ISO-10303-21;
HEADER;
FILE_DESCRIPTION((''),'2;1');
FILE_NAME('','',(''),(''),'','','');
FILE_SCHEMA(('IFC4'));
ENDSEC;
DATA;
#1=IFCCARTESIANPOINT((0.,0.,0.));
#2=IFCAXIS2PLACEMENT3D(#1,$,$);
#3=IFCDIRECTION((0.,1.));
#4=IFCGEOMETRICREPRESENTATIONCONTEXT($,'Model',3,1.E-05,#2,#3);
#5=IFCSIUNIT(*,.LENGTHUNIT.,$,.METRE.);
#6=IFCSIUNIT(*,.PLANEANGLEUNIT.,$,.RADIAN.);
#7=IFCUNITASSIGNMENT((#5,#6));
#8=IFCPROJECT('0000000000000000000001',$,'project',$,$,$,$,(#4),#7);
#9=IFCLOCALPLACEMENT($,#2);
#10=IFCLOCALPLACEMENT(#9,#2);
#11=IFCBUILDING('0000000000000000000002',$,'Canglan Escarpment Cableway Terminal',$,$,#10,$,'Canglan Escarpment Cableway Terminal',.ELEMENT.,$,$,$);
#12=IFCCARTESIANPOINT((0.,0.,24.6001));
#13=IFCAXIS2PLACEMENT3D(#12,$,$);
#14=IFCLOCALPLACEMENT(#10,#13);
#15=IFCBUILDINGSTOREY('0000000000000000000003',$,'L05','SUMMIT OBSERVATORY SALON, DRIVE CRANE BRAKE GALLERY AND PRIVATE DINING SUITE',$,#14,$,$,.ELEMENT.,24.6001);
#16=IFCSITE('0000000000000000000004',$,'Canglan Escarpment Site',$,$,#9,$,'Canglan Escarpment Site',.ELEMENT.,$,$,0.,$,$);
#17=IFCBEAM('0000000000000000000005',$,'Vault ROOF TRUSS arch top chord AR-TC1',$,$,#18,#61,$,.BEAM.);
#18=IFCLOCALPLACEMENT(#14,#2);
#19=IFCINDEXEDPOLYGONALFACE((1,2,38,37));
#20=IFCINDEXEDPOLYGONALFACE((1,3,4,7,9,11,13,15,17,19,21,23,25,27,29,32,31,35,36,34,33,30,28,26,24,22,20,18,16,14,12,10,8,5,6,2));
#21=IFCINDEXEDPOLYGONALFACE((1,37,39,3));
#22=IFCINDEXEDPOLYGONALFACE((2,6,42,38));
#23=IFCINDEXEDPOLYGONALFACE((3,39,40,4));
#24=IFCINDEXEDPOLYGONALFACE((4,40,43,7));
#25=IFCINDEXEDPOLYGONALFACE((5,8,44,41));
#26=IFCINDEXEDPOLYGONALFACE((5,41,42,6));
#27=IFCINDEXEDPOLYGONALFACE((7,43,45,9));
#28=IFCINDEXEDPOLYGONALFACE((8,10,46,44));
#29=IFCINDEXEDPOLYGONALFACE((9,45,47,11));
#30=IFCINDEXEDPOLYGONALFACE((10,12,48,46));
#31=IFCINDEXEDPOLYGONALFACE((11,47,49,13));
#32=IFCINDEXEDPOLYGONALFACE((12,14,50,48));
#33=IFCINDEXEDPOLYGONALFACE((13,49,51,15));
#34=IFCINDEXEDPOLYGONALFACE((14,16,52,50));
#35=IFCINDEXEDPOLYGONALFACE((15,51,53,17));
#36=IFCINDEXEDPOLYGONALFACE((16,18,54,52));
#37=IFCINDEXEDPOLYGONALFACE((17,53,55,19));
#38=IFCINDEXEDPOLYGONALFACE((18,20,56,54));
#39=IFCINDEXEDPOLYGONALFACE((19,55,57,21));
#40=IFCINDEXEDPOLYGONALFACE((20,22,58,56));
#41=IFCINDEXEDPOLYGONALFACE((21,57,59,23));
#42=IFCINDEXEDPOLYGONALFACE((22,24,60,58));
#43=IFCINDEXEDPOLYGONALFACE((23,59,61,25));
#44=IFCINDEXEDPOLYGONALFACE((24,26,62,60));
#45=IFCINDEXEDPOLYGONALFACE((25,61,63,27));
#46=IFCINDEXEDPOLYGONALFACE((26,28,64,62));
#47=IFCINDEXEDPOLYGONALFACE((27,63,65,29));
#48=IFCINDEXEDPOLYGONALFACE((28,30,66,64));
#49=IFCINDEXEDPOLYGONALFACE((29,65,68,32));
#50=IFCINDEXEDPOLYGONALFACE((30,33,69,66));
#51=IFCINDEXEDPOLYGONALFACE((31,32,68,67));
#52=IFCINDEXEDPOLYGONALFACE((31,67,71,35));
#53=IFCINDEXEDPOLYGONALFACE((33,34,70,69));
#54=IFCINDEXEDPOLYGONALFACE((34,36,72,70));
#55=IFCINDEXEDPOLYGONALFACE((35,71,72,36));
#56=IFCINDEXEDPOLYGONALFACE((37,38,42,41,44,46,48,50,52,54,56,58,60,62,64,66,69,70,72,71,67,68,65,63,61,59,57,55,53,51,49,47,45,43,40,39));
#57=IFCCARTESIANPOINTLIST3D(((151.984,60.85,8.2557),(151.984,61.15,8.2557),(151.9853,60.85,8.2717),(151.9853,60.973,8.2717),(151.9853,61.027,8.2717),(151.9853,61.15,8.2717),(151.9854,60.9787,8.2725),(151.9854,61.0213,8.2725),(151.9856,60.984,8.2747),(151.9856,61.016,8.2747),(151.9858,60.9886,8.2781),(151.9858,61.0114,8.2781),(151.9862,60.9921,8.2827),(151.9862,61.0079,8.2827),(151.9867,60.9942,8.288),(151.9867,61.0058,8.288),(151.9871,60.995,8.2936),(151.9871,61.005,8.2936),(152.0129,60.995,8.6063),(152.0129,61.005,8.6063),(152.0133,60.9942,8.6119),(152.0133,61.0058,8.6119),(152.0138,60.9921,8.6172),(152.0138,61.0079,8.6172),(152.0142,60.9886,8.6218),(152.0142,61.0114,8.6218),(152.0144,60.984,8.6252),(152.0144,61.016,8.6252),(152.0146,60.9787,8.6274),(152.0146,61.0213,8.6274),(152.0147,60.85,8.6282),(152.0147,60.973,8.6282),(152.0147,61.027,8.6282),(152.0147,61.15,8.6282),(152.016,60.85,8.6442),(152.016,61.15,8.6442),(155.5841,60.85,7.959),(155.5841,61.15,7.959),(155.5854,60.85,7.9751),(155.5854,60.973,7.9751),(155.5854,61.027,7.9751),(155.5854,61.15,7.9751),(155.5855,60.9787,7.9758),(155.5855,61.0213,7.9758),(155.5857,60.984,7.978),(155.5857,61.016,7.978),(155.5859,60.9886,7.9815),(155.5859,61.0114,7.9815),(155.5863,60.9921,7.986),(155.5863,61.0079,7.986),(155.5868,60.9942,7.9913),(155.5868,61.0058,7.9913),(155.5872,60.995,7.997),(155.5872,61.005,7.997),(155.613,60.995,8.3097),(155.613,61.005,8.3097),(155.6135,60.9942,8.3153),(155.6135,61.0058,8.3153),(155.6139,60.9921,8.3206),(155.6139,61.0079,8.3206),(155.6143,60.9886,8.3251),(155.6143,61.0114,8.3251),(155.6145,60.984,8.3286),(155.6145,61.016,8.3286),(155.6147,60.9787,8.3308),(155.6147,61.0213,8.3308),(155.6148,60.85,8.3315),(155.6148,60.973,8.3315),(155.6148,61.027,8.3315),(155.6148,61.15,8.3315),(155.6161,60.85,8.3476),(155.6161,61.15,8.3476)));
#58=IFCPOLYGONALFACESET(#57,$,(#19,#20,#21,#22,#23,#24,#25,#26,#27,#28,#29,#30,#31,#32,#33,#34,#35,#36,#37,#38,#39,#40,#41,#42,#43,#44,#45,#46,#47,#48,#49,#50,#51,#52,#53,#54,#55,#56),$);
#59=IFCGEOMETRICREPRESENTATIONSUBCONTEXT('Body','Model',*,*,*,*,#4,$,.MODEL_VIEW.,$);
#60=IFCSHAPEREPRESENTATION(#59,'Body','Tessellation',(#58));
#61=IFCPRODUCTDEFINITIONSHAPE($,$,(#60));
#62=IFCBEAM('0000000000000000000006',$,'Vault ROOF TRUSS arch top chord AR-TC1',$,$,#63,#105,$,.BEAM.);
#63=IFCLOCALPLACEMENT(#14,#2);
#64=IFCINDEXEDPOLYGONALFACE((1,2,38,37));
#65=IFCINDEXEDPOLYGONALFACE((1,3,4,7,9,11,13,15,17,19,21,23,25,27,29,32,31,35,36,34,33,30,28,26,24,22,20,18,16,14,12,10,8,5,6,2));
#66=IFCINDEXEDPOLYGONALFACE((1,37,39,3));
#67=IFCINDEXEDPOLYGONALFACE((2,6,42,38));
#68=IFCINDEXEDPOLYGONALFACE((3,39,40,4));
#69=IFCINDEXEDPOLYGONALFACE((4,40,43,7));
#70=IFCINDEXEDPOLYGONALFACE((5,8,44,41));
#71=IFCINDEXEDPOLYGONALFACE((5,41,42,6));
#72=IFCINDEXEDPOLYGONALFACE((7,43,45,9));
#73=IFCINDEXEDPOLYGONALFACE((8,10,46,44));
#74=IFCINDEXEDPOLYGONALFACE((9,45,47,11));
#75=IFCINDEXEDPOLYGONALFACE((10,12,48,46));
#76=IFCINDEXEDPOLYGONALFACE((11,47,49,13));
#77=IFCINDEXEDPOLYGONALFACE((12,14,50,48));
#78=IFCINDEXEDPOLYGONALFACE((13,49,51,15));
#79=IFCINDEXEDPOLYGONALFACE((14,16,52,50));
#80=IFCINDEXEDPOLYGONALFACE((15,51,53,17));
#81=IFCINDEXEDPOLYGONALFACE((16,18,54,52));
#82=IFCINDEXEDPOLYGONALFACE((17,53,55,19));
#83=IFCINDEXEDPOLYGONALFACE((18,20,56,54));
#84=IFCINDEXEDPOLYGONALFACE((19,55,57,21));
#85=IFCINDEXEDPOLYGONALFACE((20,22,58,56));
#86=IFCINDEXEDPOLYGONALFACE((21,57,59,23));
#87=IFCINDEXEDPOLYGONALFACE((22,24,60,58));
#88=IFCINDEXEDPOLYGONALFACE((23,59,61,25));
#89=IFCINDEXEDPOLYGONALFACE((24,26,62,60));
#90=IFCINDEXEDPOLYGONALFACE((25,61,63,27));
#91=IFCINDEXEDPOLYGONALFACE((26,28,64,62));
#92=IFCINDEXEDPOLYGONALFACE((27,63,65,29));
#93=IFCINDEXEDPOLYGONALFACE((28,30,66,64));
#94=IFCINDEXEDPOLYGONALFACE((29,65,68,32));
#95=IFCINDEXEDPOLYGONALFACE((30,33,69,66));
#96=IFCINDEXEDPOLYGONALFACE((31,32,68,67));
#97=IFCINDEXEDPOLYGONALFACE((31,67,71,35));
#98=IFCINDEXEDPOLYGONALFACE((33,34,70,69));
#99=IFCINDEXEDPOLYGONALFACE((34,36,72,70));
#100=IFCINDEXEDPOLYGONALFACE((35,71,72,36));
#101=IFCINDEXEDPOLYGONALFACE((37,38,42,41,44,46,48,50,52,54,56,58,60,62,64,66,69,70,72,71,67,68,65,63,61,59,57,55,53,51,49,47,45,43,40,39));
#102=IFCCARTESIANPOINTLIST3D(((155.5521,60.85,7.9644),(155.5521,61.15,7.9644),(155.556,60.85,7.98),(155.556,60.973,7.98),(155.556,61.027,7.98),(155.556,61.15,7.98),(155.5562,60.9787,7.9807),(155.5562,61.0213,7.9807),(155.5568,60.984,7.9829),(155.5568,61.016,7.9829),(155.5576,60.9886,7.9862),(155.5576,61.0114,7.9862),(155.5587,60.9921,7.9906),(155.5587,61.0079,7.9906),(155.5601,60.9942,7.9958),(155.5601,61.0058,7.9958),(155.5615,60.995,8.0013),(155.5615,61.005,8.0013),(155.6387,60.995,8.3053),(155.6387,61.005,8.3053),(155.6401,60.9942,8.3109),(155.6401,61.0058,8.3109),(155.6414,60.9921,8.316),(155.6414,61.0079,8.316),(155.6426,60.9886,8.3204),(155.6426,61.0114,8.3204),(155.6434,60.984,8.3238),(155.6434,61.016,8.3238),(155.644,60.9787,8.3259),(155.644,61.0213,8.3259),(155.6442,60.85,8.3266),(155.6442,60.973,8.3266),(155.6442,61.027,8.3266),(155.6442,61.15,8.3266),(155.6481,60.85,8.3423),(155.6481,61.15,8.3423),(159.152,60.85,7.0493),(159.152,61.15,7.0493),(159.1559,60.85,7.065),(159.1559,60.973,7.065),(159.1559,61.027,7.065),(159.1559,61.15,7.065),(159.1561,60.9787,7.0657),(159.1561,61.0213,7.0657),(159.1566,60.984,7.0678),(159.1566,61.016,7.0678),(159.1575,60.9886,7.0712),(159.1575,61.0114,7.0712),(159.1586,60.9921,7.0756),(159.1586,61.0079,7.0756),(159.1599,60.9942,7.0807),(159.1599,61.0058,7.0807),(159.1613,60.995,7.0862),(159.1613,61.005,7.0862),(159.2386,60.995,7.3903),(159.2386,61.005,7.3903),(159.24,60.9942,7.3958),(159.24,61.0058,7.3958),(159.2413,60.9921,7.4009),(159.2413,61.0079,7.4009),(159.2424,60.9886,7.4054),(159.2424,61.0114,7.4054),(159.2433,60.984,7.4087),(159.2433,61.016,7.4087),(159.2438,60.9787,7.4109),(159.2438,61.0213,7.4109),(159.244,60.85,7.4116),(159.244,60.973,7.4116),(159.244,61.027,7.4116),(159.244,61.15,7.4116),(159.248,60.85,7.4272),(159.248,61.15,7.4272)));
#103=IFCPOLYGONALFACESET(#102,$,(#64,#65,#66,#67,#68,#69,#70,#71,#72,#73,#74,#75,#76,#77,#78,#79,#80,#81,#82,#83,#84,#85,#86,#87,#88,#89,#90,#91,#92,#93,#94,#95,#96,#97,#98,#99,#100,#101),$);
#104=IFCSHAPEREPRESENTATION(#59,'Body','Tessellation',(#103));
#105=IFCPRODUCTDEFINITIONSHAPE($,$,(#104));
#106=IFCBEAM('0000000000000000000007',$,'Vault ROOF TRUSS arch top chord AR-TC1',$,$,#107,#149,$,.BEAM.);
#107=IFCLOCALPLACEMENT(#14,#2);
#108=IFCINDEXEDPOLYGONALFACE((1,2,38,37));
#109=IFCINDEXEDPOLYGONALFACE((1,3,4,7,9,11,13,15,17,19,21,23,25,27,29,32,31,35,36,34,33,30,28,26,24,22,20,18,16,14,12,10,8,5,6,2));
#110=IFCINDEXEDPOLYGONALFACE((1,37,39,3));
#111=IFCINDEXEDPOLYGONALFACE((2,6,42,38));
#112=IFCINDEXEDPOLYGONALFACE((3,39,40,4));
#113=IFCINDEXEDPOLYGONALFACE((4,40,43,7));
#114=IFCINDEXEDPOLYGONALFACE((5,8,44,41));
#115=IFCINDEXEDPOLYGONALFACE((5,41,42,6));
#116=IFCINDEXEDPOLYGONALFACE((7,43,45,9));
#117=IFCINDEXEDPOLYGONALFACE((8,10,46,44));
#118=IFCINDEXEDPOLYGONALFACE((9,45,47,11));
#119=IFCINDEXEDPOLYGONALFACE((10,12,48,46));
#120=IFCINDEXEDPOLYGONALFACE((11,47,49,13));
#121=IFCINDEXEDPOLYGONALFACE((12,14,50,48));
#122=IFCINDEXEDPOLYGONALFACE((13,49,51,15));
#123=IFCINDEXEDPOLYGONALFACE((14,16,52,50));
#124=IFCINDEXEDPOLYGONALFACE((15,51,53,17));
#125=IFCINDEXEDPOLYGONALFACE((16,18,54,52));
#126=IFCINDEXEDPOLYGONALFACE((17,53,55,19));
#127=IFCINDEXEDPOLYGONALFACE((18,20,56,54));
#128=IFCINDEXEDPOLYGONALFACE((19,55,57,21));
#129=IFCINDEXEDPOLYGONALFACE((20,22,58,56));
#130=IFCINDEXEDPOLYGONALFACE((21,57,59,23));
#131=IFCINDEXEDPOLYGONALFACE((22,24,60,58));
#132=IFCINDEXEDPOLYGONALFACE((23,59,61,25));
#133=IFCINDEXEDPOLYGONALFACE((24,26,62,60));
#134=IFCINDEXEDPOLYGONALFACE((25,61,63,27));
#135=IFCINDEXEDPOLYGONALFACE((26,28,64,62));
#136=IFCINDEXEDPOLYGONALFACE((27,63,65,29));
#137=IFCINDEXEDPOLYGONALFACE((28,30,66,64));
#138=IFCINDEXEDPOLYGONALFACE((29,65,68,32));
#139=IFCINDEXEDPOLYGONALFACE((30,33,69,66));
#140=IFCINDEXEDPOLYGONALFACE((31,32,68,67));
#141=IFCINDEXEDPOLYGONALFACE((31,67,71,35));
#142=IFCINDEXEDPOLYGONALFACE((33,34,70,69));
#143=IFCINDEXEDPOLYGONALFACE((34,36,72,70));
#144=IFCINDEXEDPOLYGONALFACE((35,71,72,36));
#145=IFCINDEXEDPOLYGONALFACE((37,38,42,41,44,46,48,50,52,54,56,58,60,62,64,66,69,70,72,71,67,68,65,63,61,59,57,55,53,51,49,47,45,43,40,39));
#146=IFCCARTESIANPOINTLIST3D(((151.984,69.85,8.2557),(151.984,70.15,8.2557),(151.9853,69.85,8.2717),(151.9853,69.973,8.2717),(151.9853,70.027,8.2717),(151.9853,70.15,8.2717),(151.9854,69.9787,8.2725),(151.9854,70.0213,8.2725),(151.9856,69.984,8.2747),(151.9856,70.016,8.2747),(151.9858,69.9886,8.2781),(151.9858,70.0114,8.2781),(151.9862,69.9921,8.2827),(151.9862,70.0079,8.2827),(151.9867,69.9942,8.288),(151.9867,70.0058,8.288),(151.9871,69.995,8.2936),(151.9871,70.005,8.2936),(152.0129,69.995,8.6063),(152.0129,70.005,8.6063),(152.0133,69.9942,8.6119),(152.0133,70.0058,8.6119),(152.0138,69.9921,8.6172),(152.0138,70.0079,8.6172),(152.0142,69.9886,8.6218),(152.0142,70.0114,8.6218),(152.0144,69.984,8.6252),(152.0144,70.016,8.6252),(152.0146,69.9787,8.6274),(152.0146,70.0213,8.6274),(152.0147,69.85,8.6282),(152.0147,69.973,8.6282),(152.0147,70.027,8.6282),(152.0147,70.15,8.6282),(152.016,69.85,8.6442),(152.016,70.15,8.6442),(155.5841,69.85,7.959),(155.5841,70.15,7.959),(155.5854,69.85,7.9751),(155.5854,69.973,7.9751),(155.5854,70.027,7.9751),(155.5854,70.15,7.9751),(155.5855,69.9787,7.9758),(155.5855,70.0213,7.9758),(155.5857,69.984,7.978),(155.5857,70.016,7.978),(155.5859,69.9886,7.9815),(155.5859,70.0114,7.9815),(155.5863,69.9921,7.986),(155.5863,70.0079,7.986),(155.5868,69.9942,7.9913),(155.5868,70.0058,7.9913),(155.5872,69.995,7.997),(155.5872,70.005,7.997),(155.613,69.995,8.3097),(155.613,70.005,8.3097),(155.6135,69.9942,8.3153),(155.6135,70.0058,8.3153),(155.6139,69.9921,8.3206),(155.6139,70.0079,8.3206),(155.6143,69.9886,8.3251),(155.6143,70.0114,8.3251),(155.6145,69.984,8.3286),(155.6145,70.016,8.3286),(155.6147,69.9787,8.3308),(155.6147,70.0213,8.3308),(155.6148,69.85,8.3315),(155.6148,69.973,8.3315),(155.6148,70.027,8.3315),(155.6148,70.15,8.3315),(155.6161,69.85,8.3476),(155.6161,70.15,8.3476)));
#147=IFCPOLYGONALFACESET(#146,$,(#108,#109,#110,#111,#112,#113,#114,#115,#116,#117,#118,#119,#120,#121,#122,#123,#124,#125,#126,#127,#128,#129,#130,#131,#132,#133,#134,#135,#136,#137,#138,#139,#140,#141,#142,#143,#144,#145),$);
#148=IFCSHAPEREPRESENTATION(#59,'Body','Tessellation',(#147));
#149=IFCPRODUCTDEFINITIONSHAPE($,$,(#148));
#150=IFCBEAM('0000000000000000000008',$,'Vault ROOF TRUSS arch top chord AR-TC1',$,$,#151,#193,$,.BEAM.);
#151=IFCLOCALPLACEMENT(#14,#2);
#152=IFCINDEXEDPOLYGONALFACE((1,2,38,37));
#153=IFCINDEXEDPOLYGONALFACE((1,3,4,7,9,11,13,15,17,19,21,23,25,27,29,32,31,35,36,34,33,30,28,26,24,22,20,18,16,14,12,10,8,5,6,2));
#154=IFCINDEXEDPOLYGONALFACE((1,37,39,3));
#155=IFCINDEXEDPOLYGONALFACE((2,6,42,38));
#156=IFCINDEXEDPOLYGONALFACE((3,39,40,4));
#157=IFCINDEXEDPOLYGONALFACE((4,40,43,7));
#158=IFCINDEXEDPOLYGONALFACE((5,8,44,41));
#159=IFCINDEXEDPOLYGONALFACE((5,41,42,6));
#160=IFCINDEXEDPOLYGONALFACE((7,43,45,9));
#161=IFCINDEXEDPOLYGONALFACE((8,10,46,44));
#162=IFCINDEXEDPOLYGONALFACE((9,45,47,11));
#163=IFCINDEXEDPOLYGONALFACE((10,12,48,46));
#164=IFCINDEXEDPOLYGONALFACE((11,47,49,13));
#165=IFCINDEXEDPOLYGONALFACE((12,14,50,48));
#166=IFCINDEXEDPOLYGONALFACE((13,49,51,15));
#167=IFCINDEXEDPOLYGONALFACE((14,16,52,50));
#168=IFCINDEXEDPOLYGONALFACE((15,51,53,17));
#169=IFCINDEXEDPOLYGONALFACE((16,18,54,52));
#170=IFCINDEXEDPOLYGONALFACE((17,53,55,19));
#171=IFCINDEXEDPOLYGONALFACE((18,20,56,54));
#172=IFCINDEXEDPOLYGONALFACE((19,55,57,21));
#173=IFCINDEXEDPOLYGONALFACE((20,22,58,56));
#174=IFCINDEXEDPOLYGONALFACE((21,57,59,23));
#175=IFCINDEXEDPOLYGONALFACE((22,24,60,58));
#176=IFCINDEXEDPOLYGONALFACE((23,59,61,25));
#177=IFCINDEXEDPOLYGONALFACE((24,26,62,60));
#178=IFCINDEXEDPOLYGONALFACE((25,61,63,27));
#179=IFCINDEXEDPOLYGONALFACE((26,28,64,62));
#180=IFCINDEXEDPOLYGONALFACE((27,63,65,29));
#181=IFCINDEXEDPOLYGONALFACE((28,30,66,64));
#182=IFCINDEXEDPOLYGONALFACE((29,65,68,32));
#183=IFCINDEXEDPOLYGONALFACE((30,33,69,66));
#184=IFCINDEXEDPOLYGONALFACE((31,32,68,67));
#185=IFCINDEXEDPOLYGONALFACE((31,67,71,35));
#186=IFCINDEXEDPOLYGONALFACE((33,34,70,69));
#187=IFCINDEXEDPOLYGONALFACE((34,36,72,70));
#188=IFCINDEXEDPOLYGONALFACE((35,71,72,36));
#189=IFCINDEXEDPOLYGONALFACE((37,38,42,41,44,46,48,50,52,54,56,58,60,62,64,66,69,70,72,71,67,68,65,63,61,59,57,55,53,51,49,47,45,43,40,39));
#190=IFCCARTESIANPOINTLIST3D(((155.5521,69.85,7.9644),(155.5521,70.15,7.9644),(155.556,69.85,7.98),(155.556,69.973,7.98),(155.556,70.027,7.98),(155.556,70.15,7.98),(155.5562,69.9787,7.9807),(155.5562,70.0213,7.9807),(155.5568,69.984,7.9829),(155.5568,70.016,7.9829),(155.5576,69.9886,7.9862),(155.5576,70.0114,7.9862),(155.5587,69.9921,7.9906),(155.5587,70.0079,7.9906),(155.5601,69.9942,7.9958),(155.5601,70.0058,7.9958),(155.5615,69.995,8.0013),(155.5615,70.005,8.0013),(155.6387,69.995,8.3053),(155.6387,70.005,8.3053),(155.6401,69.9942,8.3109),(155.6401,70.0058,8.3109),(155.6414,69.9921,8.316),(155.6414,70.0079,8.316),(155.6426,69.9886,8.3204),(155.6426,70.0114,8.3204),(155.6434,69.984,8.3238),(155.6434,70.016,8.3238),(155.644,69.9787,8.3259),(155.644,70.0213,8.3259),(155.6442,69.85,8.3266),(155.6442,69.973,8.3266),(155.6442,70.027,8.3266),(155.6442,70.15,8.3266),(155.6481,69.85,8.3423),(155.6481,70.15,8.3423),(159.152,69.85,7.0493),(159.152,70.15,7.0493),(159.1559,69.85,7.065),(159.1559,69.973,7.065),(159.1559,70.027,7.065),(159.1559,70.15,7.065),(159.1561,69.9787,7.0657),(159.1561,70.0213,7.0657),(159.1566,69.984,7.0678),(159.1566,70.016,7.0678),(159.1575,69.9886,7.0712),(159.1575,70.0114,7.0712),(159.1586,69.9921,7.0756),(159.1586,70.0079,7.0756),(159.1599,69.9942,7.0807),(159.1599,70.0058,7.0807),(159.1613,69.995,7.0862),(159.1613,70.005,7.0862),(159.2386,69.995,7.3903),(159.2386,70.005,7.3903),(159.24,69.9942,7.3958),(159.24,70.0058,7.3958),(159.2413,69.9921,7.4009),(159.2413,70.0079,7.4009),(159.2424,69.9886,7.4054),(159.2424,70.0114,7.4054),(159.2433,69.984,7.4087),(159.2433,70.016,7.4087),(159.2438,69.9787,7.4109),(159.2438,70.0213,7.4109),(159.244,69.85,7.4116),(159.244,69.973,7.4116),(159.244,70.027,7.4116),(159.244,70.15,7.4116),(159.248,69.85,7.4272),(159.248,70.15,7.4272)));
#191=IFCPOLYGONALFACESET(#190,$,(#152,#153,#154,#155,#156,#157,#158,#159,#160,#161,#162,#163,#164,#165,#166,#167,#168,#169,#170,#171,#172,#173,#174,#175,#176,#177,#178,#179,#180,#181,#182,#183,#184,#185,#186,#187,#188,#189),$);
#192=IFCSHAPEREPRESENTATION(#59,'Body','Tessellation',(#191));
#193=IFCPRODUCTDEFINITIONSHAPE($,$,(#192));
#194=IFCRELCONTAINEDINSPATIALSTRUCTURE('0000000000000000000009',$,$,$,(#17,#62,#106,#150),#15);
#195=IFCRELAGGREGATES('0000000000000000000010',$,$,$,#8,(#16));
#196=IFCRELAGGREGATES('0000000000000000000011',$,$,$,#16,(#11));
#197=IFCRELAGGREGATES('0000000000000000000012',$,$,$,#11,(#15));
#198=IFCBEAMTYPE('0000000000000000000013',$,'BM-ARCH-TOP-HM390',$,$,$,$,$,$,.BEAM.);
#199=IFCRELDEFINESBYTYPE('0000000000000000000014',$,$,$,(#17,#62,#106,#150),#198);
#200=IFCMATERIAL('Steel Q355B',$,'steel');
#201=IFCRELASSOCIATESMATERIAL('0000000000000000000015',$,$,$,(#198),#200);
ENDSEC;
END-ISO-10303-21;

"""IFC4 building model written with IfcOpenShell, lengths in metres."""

from ifc_helpers import new_model, si_unit, direction, frame, origin, origin_2d, place, context, subcontext, project, spatial, i_section, extrude, material, material_profile, profile_set, type_object, element, save


model = new_model("IFC4")

# Units and contexts
model_context = context("Model", 3, precision=1e-05, world=origin(), true_north=direction((0.0, 1.0)))
body_context = subcontext(model_context, "Body", "Model", "MODEL_VIEW")
ifc_project = project(units=[si_unit("LENGTHUNIT", "METRE"), si_unit("PLANEANGLEUNIT", "RADIAN")], contexts=[model_context])

# Site, building, storey
site_placement = place(None, origin())
site = spatial("IfcSite", under=ifc_project, at=site_placement, Name="Canglan Escarpment Site", LongName="Canglan Escarpment Site", CompositionType="ELEMENT", RefElevation=0.0)
building_placement = place(site_placement, origin())
building = spatial("IfcBuilding", under=site, at=building_placement, Name="Canglan Escarpment Cableway Terminal", LongName="Canglan Escarpment Cableway Terminal", CompositionType="ELEMENT")
storey_placement = place(building_placement, frame((0.0, 0.0, 24.6001)))
storey = spatial("IfcBuildingStorey", under=building, at=storey_placement, Name="L05", Description="SUMMIT OBSERVATORY SALON, DRIVE CRANE BRAKE GALLERY AND PRIVATE DINING SUITE", CompositionType="ELEMENT", Elevation=24.6001)

# Beams
ifc_material = material(Name="Steel Q355B", Category="steel")
ifc_material_profile_1 = material_profile(ifc_material, i_section(OverallWidth=0.3, OverallDepth=0.3899, WebThickness=0.01, FlangeThickness=0.0161, FilletRadius=0.022, at=origin_2d()), Name="HM 390x300x10x16")
ifc_profile_set_1 = profile_set([ifc_material_profile_1], Name="Steel Q355B")
beam_type = type_object("IfcBeamType", Name="BM-ARCH-TOP-HM390", PredefinedType="BEAM", material=ifc_profile_set_1)
beam_1_placement = place(storey_placement, frame((152.0, 61.0, 8.45), z_axis=(0.996623, 0.0, -0.082117), x_axis=(0.0, 1.0, 0.0)))
element("IfcBeam", 1, at=beam_1_placement, inside=storey, type_object=beam_type, Name="Vault ROOF TRUSS arch top chord AR-TC1", PredefinedType="BEAM", context=body_context, shape_type="SweptSolid", body=[
    extrude(i_section(OverallWidth=0.3, OverallDepth=0.3899, WebThickness=0.01, FlangeThickness=0.0161, FilletRadius=0.022, at=origin_2d()), origin(), (0.0, 0.0, 1.0), 3.6123),
])
beam_2_placement = place(storey_placement, frame((155.6001, 61.0, 8.1533), z_axis=(0.96918, 0.0, -0.246354), x_axis=(0.0, 1.0, 0.0)))
element("IfcBeam", 2, at=beam_2_placement, inside=storey, type_object=beam_type, Name="Vault ROOF TRUSS arch top chord AR-TC1", PredefinedType="BEAM", context=body_context, shape_type="SweptSolid", body=[
    extrude(i_section(OverallWidth=0.3, OverallDepth=0.3899, WebThickness=0.01, FlangeThickness=0.0161, FilletRadius=0.022, at=origin_2d()), origin(), (0.0, 0.0, 1.0), 3.7144),
])
beam_3_placement = place(storey_placement, frame((152.0, 70.0, 8.45), z_axis=(0.996623, 0.0, -0.082117), x_axis=(0.0, 1.0, 0.0)))
element("IfcBeam", 3, at=beam_3_placement, inside=storey, type_object=beam_type, Name="Vault ROOF TRUSS arch top chord AR-TC1", PredefinedType="BEAM", context=body_context, shape_type="SweptSolid", body=[
    extrude(i_section(OverallWidth=0.3, OverallDepth=0.3899, WebThickness=0.01, FlangeThickness=0.0161, FilletRadius=0.022, at=origin_2d()), origin(), (0.0, 0.0, 1.0), 3.6123),
])
beam_4_placement = place(storey_placement, frame((155.6001, 70.0, 8.1533), z_axis=(0.96918, 0.0, -0.246354), x_axis=(0.0, 1.0, 0.0)))
element("IfcBeam", 4, at=beam_4_placement, inside=storey, type_object=beam_type, Name="Vault ROOF TRUSS arch top chord AR-TC1", PredefinedType="BEAM", context=body_context, shape_type="SweptSolid", body=[
    extrude(i_section(OverallWidth=0.3, OverallDepth=0.3899, WebThickness=0.01, FlangeThickness=0.0161, FilletRadius=0.022, at=origin_2d()), origin(), (0.0, 0.0, 1.0), 3.7144),
])

save(model, "model.ifc")
